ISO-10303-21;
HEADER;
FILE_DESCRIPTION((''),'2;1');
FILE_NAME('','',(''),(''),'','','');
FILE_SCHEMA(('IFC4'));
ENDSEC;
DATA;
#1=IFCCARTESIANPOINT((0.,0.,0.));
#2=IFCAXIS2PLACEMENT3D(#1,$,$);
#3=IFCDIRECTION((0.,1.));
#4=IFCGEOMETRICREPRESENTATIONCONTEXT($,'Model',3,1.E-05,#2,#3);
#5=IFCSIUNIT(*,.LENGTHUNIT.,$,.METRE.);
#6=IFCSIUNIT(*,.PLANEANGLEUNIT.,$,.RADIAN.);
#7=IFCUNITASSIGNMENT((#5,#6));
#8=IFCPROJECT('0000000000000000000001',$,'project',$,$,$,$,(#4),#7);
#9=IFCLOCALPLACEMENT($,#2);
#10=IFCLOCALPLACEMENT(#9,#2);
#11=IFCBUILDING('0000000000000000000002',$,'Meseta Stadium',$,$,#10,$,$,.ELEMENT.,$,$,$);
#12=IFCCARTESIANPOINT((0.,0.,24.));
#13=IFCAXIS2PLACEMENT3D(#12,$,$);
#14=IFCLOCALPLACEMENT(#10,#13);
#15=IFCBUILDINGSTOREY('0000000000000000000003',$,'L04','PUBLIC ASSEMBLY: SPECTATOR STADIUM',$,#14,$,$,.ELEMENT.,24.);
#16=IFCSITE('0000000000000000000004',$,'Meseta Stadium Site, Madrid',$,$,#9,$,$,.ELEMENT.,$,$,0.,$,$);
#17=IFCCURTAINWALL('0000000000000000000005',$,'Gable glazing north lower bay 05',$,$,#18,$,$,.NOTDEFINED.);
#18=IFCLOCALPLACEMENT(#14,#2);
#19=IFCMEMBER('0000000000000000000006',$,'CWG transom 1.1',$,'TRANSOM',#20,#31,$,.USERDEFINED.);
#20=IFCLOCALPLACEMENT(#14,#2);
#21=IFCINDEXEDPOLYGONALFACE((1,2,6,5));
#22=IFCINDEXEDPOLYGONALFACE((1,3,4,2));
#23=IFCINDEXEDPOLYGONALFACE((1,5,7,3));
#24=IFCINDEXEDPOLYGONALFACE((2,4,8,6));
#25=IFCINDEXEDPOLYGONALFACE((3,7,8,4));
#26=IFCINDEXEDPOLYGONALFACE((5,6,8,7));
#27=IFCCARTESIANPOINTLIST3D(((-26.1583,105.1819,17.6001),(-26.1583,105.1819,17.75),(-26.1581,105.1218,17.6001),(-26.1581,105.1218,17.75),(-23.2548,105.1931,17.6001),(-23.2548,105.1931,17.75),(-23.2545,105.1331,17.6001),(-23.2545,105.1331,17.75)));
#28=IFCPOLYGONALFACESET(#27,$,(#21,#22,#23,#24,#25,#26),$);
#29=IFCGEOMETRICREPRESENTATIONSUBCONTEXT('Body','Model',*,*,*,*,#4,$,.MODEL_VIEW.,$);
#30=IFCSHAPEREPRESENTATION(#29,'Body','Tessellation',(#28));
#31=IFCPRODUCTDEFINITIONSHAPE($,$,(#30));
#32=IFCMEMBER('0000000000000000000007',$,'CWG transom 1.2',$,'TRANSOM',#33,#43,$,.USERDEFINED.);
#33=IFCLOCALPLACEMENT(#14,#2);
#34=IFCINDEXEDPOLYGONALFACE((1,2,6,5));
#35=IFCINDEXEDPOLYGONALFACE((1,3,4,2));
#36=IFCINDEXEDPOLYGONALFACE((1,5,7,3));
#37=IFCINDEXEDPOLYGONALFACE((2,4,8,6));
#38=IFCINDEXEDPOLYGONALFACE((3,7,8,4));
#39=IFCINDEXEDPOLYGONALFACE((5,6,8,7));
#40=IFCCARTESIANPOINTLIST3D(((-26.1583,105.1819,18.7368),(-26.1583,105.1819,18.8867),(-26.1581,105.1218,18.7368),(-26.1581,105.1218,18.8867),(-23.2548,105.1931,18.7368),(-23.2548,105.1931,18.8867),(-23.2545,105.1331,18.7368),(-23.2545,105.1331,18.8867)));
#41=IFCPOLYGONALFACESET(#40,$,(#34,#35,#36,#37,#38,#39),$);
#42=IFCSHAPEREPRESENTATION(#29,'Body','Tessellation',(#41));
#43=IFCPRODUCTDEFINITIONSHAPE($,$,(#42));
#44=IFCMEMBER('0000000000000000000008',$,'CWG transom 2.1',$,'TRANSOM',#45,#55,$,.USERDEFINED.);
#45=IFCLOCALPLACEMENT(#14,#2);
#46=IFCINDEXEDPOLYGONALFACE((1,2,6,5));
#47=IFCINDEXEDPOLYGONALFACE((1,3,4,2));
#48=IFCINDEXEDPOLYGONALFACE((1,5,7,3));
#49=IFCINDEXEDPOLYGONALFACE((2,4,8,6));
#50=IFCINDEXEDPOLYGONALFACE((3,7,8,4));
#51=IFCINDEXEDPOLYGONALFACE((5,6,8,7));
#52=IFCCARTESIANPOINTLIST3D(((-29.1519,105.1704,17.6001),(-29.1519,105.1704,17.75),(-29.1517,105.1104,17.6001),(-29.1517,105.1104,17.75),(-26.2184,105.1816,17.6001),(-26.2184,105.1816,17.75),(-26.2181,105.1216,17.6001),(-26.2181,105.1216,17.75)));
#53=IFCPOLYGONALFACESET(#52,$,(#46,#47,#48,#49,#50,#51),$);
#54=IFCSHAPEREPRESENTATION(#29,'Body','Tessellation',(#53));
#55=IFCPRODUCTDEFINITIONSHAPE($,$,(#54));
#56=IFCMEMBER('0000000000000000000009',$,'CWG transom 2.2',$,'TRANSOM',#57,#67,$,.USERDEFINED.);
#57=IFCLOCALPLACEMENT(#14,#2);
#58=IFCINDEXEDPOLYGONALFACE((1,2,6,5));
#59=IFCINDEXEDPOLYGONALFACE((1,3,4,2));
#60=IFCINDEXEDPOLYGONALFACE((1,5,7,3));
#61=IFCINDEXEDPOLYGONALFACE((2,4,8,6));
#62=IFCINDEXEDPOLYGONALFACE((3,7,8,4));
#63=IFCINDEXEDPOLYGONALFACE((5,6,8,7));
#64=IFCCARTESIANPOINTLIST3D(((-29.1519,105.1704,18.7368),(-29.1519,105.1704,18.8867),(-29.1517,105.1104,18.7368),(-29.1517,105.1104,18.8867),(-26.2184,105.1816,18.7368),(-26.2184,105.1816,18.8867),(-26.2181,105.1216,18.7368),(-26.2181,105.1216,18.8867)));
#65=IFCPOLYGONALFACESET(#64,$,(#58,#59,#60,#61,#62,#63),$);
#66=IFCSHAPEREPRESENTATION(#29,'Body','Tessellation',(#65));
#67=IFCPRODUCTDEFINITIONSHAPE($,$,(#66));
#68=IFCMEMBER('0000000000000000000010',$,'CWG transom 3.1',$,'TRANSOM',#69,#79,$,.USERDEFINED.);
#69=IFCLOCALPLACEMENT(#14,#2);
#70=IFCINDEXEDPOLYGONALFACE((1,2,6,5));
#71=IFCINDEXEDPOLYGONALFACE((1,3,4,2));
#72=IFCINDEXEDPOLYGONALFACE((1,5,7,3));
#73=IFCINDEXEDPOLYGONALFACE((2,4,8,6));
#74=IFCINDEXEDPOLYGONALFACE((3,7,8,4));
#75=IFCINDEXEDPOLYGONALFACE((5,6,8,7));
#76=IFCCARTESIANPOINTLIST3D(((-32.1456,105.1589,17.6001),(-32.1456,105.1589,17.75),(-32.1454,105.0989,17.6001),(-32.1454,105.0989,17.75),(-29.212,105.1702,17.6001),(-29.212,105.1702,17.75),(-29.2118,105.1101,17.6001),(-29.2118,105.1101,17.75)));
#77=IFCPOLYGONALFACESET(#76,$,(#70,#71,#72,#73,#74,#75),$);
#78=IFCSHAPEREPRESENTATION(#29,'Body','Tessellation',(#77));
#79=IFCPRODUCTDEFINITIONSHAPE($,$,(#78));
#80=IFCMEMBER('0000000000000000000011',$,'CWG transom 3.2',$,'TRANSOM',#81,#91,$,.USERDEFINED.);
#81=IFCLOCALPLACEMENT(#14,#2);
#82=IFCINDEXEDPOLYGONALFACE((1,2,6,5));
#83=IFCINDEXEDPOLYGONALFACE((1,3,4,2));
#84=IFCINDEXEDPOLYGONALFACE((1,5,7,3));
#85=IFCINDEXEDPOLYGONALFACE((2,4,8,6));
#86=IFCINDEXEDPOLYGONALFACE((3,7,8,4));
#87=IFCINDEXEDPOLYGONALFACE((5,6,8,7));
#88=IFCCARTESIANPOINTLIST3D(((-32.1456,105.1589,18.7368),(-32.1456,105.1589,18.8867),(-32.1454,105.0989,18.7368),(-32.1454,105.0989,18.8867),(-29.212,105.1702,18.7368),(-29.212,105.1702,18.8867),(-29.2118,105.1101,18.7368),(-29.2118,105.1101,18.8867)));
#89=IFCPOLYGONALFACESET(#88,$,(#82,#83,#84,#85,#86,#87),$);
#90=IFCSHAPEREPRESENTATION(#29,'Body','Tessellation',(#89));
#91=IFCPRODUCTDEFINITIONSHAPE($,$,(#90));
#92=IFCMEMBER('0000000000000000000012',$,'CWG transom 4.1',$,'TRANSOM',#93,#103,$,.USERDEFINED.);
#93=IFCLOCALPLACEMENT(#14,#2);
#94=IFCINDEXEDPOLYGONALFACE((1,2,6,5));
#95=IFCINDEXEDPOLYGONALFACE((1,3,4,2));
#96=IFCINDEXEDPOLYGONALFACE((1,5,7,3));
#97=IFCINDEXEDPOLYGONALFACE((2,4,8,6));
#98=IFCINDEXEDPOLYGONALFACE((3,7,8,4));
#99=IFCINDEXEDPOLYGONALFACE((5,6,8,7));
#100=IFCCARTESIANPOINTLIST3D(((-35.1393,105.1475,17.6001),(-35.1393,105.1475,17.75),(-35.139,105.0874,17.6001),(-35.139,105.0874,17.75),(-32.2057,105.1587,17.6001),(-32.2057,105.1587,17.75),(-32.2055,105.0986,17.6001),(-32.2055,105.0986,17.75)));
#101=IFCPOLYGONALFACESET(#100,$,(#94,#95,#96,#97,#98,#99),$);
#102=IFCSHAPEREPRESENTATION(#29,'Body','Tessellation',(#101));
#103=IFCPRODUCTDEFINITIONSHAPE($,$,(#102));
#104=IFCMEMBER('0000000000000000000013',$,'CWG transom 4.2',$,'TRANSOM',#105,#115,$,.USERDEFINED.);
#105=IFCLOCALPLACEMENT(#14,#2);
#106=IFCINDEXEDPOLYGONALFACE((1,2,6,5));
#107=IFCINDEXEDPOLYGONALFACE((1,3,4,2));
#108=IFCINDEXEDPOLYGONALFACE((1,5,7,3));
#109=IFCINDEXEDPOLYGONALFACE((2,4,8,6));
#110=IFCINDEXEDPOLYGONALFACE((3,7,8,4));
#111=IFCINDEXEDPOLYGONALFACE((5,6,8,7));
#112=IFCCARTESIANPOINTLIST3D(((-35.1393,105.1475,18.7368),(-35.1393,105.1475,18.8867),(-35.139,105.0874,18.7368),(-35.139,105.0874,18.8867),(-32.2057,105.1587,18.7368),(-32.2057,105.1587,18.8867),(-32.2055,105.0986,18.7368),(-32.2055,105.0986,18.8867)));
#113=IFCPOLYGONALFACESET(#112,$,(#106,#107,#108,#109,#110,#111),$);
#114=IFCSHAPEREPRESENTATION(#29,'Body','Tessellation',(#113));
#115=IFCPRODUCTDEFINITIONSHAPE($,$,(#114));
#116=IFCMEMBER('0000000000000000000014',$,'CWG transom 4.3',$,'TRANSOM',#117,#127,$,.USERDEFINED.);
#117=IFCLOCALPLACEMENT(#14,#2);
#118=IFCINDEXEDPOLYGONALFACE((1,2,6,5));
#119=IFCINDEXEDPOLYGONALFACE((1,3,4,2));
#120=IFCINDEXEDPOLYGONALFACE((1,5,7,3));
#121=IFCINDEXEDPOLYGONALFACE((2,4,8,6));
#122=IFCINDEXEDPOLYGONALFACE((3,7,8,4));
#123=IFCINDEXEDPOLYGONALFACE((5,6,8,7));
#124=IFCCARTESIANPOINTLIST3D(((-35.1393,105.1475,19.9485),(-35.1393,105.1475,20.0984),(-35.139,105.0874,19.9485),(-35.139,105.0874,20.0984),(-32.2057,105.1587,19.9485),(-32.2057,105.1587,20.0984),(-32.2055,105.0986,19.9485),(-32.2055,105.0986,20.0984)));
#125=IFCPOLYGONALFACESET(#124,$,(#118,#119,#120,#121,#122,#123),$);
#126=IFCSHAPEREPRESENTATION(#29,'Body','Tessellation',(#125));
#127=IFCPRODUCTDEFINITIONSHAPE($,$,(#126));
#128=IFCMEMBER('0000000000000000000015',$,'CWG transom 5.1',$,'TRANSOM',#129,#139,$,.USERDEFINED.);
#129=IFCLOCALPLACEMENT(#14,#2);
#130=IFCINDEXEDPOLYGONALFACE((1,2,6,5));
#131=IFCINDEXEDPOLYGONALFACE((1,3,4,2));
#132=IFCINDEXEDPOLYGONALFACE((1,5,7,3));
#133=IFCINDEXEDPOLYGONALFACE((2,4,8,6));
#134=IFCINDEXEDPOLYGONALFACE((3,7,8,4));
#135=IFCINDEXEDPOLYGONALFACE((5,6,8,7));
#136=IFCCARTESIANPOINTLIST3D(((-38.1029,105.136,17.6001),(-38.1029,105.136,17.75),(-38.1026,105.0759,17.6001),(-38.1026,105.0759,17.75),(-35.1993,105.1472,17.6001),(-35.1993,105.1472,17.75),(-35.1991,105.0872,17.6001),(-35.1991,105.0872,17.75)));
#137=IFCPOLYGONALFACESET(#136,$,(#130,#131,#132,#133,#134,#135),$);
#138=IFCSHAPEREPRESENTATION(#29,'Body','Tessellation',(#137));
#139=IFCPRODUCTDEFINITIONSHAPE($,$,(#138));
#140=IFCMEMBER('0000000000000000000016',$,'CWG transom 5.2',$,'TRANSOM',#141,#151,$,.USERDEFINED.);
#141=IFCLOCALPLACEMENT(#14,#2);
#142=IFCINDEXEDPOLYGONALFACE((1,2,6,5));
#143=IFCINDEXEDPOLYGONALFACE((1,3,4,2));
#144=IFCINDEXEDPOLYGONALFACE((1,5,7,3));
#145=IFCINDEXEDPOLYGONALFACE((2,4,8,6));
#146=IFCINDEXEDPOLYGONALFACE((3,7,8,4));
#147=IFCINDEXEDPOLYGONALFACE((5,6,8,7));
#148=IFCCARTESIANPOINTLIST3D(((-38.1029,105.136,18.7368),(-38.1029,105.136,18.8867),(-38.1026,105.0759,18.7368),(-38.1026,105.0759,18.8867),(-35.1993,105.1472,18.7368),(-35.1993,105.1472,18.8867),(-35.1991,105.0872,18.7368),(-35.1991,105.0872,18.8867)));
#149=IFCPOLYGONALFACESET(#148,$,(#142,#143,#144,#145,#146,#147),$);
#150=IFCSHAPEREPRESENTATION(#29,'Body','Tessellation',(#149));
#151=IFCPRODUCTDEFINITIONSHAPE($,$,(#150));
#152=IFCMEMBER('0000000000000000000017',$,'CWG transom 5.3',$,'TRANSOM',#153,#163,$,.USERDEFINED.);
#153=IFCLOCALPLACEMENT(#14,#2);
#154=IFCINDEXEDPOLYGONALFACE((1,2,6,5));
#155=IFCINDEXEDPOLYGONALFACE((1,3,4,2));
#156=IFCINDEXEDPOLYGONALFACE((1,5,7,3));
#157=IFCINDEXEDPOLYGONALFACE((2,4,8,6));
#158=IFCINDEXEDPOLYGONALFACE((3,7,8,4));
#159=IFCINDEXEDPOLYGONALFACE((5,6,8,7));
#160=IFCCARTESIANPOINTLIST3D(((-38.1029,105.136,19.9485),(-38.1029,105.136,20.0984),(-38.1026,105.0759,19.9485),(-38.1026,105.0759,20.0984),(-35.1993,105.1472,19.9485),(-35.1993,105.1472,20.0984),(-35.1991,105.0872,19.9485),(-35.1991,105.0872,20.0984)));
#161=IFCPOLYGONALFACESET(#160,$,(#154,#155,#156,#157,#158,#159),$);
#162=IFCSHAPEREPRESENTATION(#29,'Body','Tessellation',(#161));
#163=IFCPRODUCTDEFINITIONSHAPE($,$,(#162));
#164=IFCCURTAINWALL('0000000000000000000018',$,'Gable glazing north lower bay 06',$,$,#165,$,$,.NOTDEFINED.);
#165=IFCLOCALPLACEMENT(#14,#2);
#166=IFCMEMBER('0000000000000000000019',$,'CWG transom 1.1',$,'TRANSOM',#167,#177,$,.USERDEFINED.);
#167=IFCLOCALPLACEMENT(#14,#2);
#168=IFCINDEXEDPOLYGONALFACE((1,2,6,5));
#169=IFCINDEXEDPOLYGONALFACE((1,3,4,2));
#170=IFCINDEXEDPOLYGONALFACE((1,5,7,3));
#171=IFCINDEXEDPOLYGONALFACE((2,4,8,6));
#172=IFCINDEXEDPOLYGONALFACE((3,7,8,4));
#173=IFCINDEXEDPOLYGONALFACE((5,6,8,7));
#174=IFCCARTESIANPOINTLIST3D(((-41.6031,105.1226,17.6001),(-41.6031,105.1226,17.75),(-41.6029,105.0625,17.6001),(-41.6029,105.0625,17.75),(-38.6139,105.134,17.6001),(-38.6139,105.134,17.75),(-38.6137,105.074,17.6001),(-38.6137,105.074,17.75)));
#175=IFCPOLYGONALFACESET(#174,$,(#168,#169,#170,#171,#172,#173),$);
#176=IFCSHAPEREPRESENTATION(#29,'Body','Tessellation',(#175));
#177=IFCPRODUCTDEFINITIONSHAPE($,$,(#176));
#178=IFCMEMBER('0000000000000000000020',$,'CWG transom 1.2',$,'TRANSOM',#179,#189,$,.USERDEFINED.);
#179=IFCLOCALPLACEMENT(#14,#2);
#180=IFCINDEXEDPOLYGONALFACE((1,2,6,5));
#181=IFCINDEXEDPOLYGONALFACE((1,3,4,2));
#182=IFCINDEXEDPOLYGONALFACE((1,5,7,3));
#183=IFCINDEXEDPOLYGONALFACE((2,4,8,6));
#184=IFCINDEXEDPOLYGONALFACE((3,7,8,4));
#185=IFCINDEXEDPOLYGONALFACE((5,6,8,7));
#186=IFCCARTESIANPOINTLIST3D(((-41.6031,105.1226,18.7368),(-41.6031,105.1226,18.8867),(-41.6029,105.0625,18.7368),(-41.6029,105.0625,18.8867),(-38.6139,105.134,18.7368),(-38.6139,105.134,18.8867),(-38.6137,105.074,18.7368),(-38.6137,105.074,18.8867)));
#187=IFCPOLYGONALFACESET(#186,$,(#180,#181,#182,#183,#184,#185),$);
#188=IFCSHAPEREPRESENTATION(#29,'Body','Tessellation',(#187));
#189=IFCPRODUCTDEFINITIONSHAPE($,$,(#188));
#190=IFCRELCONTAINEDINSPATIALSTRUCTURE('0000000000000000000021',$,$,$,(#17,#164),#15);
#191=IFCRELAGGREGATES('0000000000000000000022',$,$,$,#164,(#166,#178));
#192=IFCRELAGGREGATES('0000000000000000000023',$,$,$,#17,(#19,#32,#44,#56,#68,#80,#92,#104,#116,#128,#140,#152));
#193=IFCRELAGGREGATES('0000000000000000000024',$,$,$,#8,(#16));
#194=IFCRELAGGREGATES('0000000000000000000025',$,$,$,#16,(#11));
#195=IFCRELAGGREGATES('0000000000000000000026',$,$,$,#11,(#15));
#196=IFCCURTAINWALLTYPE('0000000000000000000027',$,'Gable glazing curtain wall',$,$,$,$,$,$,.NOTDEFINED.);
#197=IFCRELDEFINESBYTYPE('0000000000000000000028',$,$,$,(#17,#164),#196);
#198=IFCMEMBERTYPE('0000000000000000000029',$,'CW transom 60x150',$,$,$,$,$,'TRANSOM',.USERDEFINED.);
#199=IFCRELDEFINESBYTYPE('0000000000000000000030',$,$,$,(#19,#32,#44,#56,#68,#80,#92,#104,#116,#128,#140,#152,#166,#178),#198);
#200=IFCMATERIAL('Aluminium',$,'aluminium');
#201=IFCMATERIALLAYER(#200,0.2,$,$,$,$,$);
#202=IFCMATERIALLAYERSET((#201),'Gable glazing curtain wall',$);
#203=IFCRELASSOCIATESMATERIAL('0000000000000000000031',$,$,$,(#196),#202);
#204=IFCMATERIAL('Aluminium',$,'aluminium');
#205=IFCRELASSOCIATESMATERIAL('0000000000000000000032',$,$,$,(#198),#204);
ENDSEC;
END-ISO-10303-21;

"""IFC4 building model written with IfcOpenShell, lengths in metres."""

from ifc_helpers import new_model, si_unit, direction, frame, origin, origin_2d, place, context, subcontext, project, spatial, rectangle, extrude, material, layer, layer_set, material_profile, profile_set, type_object, element, aggregate, save


model = new_model("IFC4")

# Units and contexts
model_context = context("Model", 3, precision=1e-05, world=origin(), true_north=direction((0.0, 1.0)))
body_context = subcontext(model_context, "Body", "Model", "MODEL_VIEW")
ifc_project = project(units=[si_unit("LENGTHUNIT", "METRE"), si_unit("PLANEANGLEUNIT", "RADIAN")], contexts=[model_context])

# Site, building, storey
site_placement = place(None, origin())
site = spatial("IfcSite", under=ifc_project, at=site_placement, Name="Meseta Stadium Site, Madrid", CompositionType="ELEMENT", RefElevation=0.0)
building_placement = place(site_placement, origin())
building = spatial("IfcBuilding", under=site, at=building_placement, Name="Meseta Stadium", CompositionType="ELEMENT")
storey_placement = place(building_placement, frame((0.0, 0.0, 24.0)))
storey = spatial("IfcBuildingStorey", under=building, at=storey_placement, Name="L04", Description="PUBLIC ASSEMBLY: SPECTATOR STADIUM", CompositionType="ELEMENT", Elevation=24.0)

# Curtain walls, members
ifc_material_1 = material(Name="Aluminium", Category="aluminium")
ifc_layer_1 = layer(ifc_material_1, 0.2)
ifc_layer_set_1 = layer_set([ifc_layer_1], Name="Gable glazing curtain wall")
curtain_wall_type = type_object("IfcCurtainWallType", Name="Gable glazing curtain wall", PredefinedType="NOTDEFINED", material=ifc_layer_set_1)
curtain_wall_1_placement = place(storey_placement, origin())
curtain_wall_1 = element("IfcCurtainWall", 1, at=curtain_wall_1_placement, inside=storey, type_object=curtain_wall_type, Name="Gable glazing north lower bay 05", PredefinedType="NOTDEFINED")
ifc_material_2 = material(Name="Aluminium", Category="aluminium")
ifc_material_profile = material_profile(ifc_material_2, rectangle(XDim=0.0601, YDim=0.1499, at=origin_2d()), Name="CW 60x150")
ifc_profile_set = profile_set([ifc_material_profile], Name="Aluminium")
member_type = type_object("IfcMemberType", Name="CW transom 60x150", ElementType="TRANSOM", PredefinedType="USERDEFINED", material=ifc_profile_set)
member_1_placement = place(storey_placement, frame((-23.2546, 105.1631, 17.675), z_axis=(-0.999993, -0.003868, 0.0), x_axis=(0.003868, -0.999993, 0.0)))
member_1 = element("IfcMember", 2, at=member_1_placement, type_object=member_type, Name="CWG transom 1.1", ObjectType="TRANSOM", PredefinedType="USERDEFINED", context=body_context, shape_type="SweptSolid", body=[
    extrude(rectangle(XDim=0.0601, YDim=0.1499, at=origin_2d()), origin(), (0.0, 0.0, 1.0), 2.9036),
])
member_2_placement = place(storey_placement, frame((-23.2546, 105.1631, 18.8118), z_axis=(-0.999993, -0.003868, 0.0), x_axis=(0.003868, -0.999993, 0.0)))
member_2 = element("IfcMember", 3, at=member_2_placement, type_object=member_type, Name="CWG transom 1.2", ObjectType="TRANSOM", PredefinedType="USERDEFINED", context=body_context, shape_type="SweptSolid", body=[
    extrude(rectangle(XDim=0.0601, YDim=0.1499, at=origin_2d()), origin(), (0.0, 0.0, 1.0), 2.9036),
])
member_3_placement = place(storey_placement, frame((-26.2183, 105.1516, 17.675), z_axis=(-0.999993, -0.003828, 0.0), x_axis=(0.003828, -0.999993, 0.0)))
member_3 = element("IfcMember", 4, at=member_3_placement, type_object=member_type, Name="CWG transom 2.1", ObjectType="TRANSOM", PredefinedType="USERDEFINED", context=body_context, shape_type="SweptSolid", body=[
    extrude(rectangle(XDim=0.0601, YDim=0.1499, at=origin_2d()), origin(), (0.0, 0.0, 1.0), 2.9336),
])
member_4_placement = place(storey_placement, frame((-26.2183, 105.1516, 18.8118), z_axis=(-0.999993, -0.003828, 0.0), x_axis=(0.003828, -0.999993, 0.0)))
member_4 = element("IfcMember", 5, at=member_4_placement, type_object=member_type, Name="CWG transom 2.2", ObjectType="TRANSOM", PredefinedType="USERDEFINED", context=body_context, shape_type="SweptSolid", body=[
    extrude(rectangle(XDim=0.0601, YDim=0.1499, at=origin_2d()), origin(), (0.0, 0.0, 1.0), 2.9336),
])
member_5_placement = place(storey_placement, frame((-29.2119, 105.1401, 17.675), z_axis=(-0.999993, -0.003828, 0.0), x_axis=(0.003828, -0.999993, 0.0)))
member_5 = element("IfcMember", 6, at=member_5_placement, type_object=member_type, Name="CWG transom 3.1", ObjectType="TRANSOM", PredefinedType="USERDEFINED", context=body_context, shape_type="SweptSolid", body=[
    extrude(rectangle(XDim=0.0601, YDim=0.1499, at=origin_2d()), origin(), (0.0, 0.0, 1.0), 2.9336),
])
member_6_placement = place(storey_placement, frame((-29.2119, 105.1401, 18.8118), z_axis=(-0.999993, -0.003828, 0.0), x_axis=(0.003828, -0.999993, 0.0)))
member_6 = element("IfcMember", 7, at=member_6_placement, type_object=member_type, Name="CWG transom 3.2", ObjectType="TRANSOM", PredefinedType="USERDEFINED", context=body_context, shape_type="SweptSolid", body=[
    extrude(rectangle(XDim=0.0601, YDim=0.1499, at=origin_2d()), origin(), (0.0, 0.0, 1.0), 2.9336),
])
member_7_placement = place(storey_placement, frame((-32.2056, 105.1287, 17.675), z_axis=(-0.999993, -0.003828, 0.0), x_axis=(0.003828, -0.999993, 0.0)))
member_7 = element("IfcMember", 8, at=member_7_placement, type_object=member_type, Name="CWG transom 4.1", ObjectType="TRANSOM", PredefinedType="USERDEFINED", context=body_context, shape_type="SweptSolid", body=[
    extrude(rectangle(XDim=0.0601, YDim=0.1499, at=origin_2d()), origin(), (0.0, 0.0, 1.0), 2.9336),
])
member_8_placement = place(storey_placement, frame((-32.2056, 105.1287, 18.8118), z_axis=(-0.999993, -0.003828, 0.0), x_axis=(0.003828, -0.999993, 0.0)))
member_8 = element("IfcMember", 9, at=member_8_placement, type_object=member_type, Name="CWG transom 4.2", ObjectType="TRANSOM", PredefinedType="USERDEFINED", context=body_context, shape_type="SweptSolid", body=[
    extrude(rectangle(XDim=0.0601, YDim=0.1499, at=origin_2d()), origin(), (0.0, 0.0, 1.0), 2.9336),
])
member_9_placement = place(storey_placement, frame((-32.2056, 105.1287, 20.0234), z_axis=(-0.999993, -0.003828, 0.0), x_axis=(0.003828, -0.999993, 0.0)))
member_9 = element("IfcMember", 10, at=member_9_placement, type_object=member_type, Name="CWG transom 4.3", ObjectType="TRANSOM", PredefinedType="USERDEFINED", context=body_context, shape_type="SweptSolid", body=[
    extrude(rectangle(XDim=0.0601, YDim=0.1499, at=origin_2d()), origin(), (0.0, 0.0, 1.0), 2.9336),
])
member_10_placement = place(storey_placement, frame((-35.1992, 105.1172, 17.675), z_axis=(-0.999993, -0.003868, 0.0), x_axis=(0.003868, -0.999993, 0.0)))
member_10 = element("IfcMember", 11, at=member_10_placement, type_object=member_type, Name="CWG transom 5.1", ObjectType="TRANSOM", PredefinedType="USERDEFINED", context=body_context, shape_type="SweptSolid", body=[
    extrude(rectangle(XDim=0.0601, YDim=0.1499, at=origin_2d()), origin(), (0.0, 0.0, 1.0), 2.9036),
])
member_11_placement = place(storey_placement, frame((-35.1992, 105.1172, 18.8118), z_axis=(-0.999993, -0.003868, 0.0), x_axis=(0.003868, -0.999993, 0.0)))
member_11 = element("IfcMember", 12, at=member_11_placement, type_object=member_type, Name="CWG transom 5.2", ObjectType="TRANSOM", PredefinedType="USERDEFINED", context=body_context, shape_type="SweptSolid", body=[
    extrude(rectangle(XDim=0.0601, YDim=0.1499, at=origin_2d()), origin(), (0.0, 0.0, 1.0), 2.9036),
])
member_12_placement = place(storey_placement, frame((-35.1992, 105.1172, 20.0234), z_axis=(-0.999993, -0.003868, 0.0), x_axis=(0.003868, -0.999993, 0.0)))
member_12 = element("IfcMember", 13, at=member_12_placement, type_object=member_type, Name="CWG transom 5.3", ObjectType="TRANSOM", PredefinedType="USERDEFINED", context=body_context, shape_type="SweptSolid", body=[
    extrude(rectangle(XDim=0.0601, YDim=0.1499, at=origin_2d()), origin(), (0.0, 0.0, 1.0), 2.9036),
])
curtain_wall_2_placement = place(storey_placement, origin())
curtain_wall_2 = element("IfcCurtainWall", 14, at=curtain_wall_2_placement, inside=storey, type_object=curtain_wall_type, Name="Gable glazing north lower bay 06", PredefinedType="NOTDEFINED")
member_13_placement = place(storey_placement, frame((-38.6138, 105.104, 17.675), z_axis=(-0.999993, -0.003839, 0.0), x_axis=(0.003839, -0.999993, 0.0)))
member_13 = element("IfcMember", 15, at=member_13_placement, type_object=member_type, Name="CWG transom 1.1", ObjectType="TRANSOM", PredefinedType="USERDEFINED", context=body_context, shape_type="SweptSolid", body=[
    extrude(rectangle(XDim=0.0601, YDim=0.1499, at=origin_2d()), origin(), (0.0, 0.0, 1.0), 2.9893),
])
member_14_placement = place(storey_placement, frame((-38.6138, 105.104, 18.8118), z_axis=(-0.999993, -0.003839, 0.0), x_axis=(0.003839, -0.999993, 0.0)))
member_14 = element("IfcMember", 16, at=member_14_placement, type_object=member_type, Name="CWG transom 1.2", ObjectType="TRANSOM", PredefinedType="USERDEFINED", context=body_context, shape_type="SweptSolid", body=[
    extrude(rectangle(XDim=0.0601, YDim=0.1499, at=origin_2d()), origin(), (0.0, 0.0, 1.0), 2.9893),
])
aggregate(curtain_wall_2, [member_13, member_14])

aggregate(curtain_wall_1, [member_1, member_2, member_3, member_4, member_5, member_6, member_7, member_8, member_9, member_10, member_11, member_12])

save(model, "model.ifc")
